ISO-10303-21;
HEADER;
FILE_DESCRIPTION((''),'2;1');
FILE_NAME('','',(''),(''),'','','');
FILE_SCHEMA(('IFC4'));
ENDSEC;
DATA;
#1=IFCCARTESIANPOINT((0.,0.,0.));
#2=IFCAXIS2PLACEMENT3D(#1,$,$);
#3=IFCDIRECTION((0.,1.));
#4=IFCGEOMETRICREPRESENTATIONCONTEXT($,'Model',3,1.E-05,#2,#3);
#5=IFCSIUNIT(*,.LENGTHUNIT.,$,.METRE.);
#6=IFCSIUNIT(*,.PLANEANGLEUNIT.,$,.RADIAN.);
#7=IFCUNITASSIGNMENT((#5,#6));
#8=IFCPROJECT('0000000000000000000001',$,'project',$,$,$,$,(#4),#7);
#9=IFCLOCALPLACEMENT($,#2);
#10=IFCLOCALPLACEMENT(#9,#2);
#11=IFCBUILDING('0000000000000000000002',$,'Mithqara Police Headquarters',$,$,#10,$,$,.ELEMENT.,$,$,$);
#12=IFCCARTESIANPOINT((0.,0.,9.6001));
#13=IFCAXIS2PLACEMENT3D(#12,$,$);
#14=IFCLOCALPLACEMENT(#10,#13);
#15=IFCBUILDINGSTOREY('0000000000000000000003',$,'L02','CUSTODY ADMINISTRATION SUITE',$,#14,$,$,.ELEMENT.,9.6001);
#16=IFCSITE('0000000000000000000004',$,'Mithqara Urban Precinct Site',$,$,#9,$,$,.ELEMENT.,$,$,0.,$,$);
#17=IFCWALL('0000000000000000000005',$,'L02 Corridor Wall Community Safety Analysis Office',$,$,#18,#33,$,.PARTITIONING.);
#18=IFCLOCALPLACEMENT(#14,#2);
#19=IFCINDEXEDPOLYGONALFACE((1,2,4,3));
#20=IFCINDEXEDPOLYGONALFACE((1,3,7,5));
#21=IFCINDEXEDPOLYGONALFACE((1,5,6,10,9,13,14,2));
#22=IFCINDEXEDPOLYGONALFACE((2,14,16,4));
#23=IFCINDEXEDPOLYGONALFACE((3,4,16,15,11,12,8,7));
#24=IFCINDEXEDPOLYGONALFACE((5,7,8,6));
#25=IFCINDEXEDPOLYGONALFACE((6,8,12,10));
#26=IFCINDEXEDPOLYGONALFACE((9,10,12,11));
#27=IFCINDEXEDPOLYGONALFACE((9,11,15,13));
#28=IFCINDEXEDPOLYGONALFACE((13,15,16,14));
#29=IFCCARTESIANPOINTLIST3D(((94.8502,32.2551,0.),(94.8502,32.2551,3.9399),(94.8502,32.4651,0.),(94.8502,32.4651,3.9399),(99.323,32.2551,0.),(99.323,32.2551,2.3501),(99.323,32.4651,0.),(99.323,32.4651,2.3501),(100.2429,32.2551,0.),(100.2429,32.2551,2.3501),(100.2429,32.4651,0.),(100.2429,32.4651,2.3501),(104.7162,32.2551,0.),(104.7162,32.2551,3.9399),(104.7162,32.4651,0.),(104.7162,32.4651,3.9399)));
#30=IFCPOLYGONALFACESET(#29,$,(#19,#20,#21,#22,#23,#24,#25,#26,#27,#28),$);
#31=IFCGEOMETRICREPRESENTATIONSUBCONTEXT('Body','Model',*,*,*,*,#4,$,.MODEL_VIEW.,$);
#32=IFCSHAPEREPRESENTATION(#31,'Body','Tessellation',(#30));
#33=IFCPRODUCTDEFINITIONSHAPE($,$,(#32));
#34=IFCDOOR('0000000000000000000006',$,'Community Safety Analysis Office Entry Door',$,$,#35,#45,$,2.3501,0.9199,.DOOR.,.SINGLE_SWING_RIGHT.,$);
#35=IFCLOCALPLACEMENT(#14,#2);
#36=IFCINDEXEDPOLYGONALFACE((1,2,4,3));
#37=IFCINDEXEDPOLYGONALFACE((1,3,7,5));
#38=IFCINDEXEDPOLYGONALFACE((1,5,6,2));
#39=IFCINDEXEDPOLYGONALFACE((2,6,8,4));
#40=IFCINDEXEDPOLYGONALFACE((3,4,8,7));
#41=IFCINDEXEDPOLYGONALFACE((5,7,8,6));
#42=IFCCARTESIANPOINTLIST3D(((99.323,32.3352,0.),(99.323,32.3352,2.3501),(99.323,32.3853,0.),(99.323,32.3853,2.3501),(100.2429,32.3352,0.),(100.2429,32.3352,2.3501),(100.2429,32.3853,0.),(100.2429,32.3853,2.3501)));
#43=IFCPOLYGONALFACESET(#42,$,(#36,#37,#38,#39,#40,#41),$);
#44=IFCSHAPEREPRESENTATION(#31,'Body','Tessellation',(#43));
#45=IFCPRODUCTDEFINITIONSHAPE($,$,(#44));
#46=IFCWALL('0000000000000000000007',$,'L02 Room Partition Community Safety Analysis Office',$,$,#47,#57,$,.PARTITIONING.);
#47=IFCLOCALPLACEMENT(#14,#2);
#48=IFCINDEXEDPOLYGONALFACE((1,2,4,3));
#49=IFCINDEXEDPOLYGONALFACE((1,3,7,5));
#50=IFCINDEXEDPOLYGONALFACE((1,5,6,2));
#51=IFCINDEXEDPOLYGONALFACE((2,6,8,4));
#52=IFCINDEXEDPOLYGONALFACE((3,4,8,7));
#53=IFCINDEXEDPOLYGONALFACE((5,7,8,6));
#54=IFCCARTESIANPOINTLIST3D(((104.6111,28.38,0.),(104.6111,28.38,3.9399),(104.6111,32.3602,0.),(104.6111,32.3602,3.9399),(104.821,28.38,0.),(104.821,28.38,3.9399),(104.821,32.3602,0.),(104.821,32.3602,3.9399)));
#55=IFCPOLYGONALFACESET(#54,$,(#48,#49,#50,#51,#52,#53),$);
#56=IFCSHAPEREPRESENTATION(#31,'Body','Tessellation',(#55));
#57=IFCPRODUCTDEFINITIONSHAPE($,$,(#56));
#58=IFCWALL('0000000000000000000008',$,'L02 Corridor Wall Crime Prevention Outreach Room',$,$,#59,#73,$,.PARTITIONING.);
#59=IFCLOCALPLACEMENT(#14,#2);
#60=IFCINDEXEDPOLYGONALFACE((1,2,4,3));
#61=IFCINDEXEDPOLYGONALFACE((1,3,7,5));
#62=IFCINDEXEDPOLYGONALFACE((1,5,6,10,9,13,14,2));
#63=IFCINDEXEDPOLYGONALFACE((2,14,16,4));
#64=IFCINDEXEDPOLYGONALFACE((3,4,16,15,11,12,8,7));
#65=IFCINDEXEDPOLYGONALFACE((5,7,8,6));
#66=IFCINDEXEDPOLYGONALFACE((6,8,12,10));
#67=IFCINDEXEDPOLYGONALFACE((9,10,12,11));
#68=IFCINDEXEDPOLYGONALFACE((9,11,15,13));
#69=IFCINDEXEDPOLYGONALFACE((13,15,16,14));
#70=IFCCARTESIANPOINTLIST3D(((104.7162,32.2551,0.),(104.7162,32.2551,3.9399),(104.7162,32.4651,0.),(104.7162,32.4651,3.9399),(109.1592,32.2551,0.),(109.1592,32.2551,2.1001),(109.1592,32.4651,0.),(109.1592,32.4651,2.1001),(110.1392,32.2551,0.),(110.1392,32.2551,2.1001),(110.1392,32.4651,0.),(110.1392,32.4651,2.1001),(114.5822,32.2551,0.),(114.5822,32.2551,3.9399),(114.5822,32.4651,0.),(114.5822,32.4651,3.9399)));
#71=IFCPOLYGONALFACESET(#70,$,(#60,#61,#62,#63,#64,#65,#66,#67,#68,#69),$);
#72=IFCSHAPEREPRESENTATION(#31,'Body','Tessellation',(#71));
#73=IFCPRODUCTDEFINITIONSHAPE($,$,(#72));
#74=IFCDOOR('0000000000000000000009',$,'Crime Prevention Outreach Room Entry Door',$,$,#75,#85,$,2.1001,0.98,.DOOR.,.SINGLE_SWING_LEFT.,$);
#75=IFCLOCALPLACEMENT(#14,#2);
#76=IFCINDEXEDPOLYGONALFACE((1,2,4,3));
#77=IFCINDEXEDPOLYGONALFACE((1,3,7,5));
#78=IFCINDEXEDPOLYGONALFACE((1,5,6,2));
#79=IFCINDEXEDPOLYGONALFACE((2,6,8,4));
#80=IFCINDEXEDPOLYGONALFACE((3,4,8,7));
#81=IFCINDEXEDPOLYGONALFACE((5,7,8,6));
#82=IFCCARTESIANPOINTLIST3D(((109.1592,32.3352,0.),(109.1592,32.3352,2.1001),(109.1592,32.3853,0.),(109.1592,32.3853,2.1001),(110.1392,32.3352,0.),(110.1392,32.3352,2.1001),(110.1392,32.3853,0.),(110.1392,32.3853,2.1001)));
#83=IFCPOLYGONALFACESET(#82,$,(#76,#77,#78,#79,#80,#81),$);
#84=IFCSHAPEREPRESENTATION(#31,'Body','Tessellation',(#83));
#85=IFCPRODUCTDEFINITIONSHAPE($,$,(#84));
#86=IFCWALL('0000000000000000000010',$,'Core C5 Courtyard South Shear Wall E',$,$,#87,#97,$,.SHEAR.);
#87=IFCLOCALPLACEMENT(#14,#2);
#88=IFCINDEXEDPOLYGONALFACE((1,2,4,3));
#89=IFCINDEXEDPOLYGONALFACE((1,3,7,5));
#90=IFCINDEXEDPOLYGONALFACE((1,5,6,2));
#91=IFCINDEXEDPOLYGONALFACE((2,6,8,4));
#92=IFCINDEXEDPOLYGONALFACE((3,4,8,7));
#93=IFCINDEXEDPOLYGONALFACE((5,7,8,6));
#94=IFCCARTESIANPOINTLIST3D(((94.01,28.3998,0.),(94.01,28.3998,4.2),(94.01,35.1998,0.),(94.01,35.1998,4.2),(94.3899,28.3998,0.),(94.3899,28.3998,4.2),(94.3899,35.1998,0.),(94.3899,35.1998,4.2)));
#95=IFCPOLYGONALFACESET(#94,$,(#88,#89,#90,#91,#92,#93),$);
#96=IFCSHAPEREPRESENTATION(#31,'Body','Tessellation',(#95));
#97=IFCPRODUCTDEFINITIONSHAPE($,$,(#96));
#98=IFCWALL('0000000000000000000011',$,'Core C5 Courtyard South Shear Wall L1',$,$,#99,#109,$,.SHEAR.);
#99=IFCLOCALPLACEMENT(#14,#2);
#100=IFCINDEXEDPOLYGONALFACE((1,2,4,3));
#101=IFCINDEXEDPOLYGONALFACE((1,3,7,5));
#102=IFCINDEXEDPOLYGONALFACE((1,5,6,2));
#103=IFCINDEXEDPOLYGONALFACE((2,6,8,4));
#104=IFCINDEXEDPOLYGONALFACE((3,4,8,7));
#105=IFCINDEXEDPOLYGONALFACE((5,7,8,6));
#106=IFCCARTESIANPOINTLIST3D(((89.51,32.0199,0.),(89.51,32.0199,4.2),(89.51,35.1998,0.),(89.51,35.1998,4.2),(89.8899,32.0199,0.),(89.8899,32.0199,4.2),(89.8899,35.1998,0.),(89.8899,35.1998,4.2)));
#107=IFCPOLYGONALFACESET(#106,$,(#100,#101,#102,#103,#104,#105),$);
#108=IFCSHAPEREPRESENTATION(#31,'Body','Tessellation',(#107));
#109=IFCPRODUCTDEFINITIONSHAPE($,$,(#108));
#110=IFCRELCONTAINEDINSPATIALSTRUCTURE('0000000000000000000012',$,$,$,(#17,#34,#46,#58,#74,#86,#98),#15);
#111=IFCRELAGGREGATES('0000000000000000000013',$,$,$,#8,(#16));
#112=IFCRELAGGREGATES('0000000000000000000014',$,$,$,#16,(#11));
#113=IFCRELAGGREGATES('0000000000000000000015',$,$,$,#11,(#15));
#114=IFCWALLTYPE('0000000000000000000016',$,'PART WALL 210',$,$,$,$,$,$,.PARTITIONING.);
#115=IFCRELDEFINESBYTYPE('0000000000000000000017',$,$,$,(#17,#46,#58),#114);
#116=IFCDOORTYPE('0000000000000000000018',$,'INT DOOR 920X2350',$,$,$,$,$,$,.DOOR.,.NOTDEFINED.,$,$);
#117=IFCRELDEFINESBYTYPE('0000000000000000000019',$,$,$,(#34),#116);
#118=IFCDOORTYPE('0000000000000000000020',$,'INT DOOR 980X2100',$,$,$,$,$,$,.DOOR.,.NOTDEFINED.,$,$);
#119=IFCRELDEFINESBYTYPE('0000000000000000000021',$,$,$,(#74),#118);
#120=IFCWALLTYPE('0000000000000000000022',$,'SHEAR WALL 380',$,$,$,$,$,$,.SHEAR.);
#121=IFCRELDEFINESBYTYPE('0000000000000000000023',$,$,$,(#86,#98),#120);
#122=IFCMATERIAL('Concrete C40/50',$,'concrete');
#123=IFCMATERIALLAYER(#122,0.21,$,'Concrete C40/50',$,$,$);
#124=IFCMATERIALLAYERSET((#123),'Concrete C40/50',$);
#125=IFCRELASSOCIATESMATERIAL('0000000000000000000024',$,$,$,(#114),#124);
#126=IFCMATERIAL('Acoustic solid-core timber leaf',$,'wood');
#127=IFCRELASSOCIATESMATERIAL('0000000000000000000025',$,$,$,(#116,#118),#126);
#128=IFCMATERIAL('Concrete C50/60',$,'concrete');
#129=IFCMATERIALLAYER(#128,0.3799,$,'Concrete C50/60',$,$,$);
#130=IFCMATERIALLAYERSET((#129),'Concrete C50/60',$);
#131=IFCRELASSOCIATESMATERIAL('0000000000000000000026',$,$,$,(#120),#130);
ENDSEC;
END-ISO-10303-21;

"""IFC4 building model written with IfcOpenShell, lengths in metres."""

from ifc_helpers import new_model, si_unit, direction, frame, frame_2d, origin, place, context, subcontext, project, spatial, rectangle, extrude, material, layer, layer_set, type_object, element, fill, save


model = new_model("IFC4")

# Units and contexts
model_context = context("Model", 3, precision=1e-05, world=origin(), true_north=direction((0.0, 1.0)))
body_context = subcontext(model_context, "Body", "Model", "MODEL_VIEW")
ifc_project = project(units=[si_unit("LENGTHUNIT", "METRE"), si_unit("PLANEANGLEUNIT", "RADIAN")], contexts=[model_context])

# Site, building, storey
site_placement = place(None, origin())
site = spatial("IfcSite", under=ifc_project, at=site_placement, Name="Mithqara Urban Precinct Site", CompositionType="ELEMENT", RefElevation=0.0)
building_placement = place(site_placement, origin())
building = spatial("IfcBuilding", under=site, at=building_placement, Name="Mithqara Police Headquarters", CompositionType="ELEMENT")
storey_placement = place(building_placement, frame((0.0, 0.0, 9.6001)))
storey = spatial("IfcBuildingStorey", under=building, at=storey_placement, Name="L02", Description="CUSTODY ADMINISTRATION SUITE", CompositionType="ELEMENT", Elevation=9.6001)

# Shared definitions
ifc_material_1 = material(Name="Concrete C50/60", Category="concrete")

# Shared definitions
ifc_material_2 = material(Name="Concrete C40/50", Category="concrete")

# Shared definitions
ifc_layer_1 = layer(ifc_material_2, 0.21, Name="Concrete C40/50")
ifc_layer_set_1 = layer_set([ifc_layer_1], Name="Concrete C40/50")
wall_type_1 = type_object("IfcWallType", Name="PART WALL 210", PredefinedType="PARTITIONING", material=ifc_layer_set_1)

# Wall, opening, door
wall_1_placement = place(storey_placement, frame((94.8501, 32.3601, 0.0), z_axis=(0.0, 0.0, 1.0), x_axis=(1.0, 0.0, 0.0)))
wall_1 = element("IfcWall", 1, at=wall_1_placement, inside=storey, type_object=wall_type_1, Name="L02 Corridor Wall Community Safety Analysis Office", PredefinedType="PARTITIONING", context=body_context, shape_type="SweptSolid", body=[
    extrude(rectangle(XDim=9.866, YDim=0.21, at=frame_2d((4.9331, 0.0))), origin(), (0.0, 0.0, 1.0), 3.9399),
])
opening_1_placement = place(wall_1_placement, frame((4.4729, 0.0, 0.0)))
opening_1 = element("IfcOpeningElement", 2, at=opening_1_placement, cuts=wall_1, PredefinedType="OPENING", context=body_context, shape_type="SweptSolid", body=[
    extrude(rectangle(XDim=0.9199, YDim=2.3501, at=frame_2d((0.46, 1.175))), frame((0.0, 0.115, 0.0), z_axis=(0.0, -1.0, 0.0), x_axis=(1.0, 0.0, 0.0)), (0.0, 0.0, 1.0), 0.23),
])
ifc_material_3 = material(Name="Acoustic solid-core timber leaf", Category="wood")
door_type_1 = type_object("IfcDoorType", Name="INT DOOR 920X2350", OperationType="NOTDEFINED", PredefinedType="DOOR", material=ifc_material_3)
door_1_placement = place(opening_1_placement, frame((0.9199, 0.0, 0.0), z_axis=(0.0, 0.0, 1.0), x_axis=(-1.0, 0.0, 0.0)))
door_1 = element("IfcDoor", 3, at=door_1_placement, inside=storey, type_object=door_type_1, Name="Community Safety Analysis Office Entry Door", OperationType="SINGLE_SWING_RIGHT", OverallHeight=2.3501, OverallWidth=0.9199, PredefinedType="DOOR", context=body_context, shape_type="SweptSolid", body=[
    extrude(rectangle(XDim=0.9199, YDim=2.3501, at=frame_2d((0.46, 1.175))), frame((0.0, 0.0249, 0.0), z_axis=(0.0, -1.0, 0.0), x_axis=(1.0, 0.0, 0.0)), (0.0, 0.0, 1.0), 0.05),
])
fill(opening_1, door_1)

# Wall
wall_2_placement = place(storey_placement, frame((104.7161, 28.3799, 0.0), z_axis=(0.0, 0.0, 1.0), x_axis=(0.0, 1.0, 0.0)))
element("IfcWall", 4, at=wall_2_placement, inside=storey, type_object=wall_type_1, Name="L02 Room Partition Community Safety Analysis Office", PredefinedType="PARTITIONING", context=body_context, shape_type="SweptSolid", body=[
    extrude(rectangle(XDim=3.9802, YDim=0.21, at=frame_2d((1.9902, 0.0))), origin(), (0.0, 0.0, 1.0), 3.9399),
])

# Wall, opening, door
wall_3_placement = place(storey_placement, frame((104.7161, 32.3601, 0.0), z_axis=(0.0, 0.0, 1.0), x_axis=(1.0, 0.0, 0.0)))
wall_3 = element("IfcWall", 5, at=wall_3_placement, inside=storey, type_object=wall_type_1, Name="L02 Corridor Wall Crime Prevention Outreach Room", PredefinedType="PARTITIONING", context=body_context, shape_type="SweptSolid", body=[
    extrude(rectangle(XDim=9.866, YDim=0.21, at=frame_2d((4.9331, 0.0))), origin(), (0.0, 0.0, 1.0), 3.9399),
])
opening_2_placement = place(wall_3_placement, frame((4.4431, 0.0, 0.0)))
opening_2 = element("IfcOpeningElement", 6, at=opening_2_placement, cuts=wall_3, PredefinedType="OPENING", context=body_context, shape_type="SweptSolid", body=[
    extrude(rectangle(XDim=0.98, YDim=2.1001, at=frame_2d((0.49, 1.05))), frame((0.0, 0.115, 0.0), z_axis=(0.0, -1.0, 0.0), x_axis=(1.0, 0.0, 0.0)), (0.0, 0.0, 1.0), 0.23),
])
door_type_2 = type_object("IfcDoorType", Name="INT DOOR 980X2100", OperationType="NOTDEFINED", PredefinedType="DOOR", material=ifc_material_3)
door_2_placement = place(opening_2_placement, frame((0.98, 0.0, 0.0), z_axis=(0.0, 0.0, 1.0), x_axis=(-1.0, 0.0, 0.0)))
door_2 = element("IfcDoor", 7, at=door_2_placement, inside=storey, type_object=door_type_2, Name="Crime Prevention Outreach Room Entry Door", OperationType="SINGLE_SWING_LEFT", OverallHeight=2.1001, OverallWidth=0.98, PredefinedType="DOOR", context=body_context, shape_type="SweptSolid", body=[
    extrude(rectangle(XDim=0.98, YDim=2.1001, at=frame_2d((0.49, 1.05))), frame((0.0, 0.0249, 0.0), z_axis=(0.0, -1.0, 0.0), x_axis=(1.0, 0.0, 0.0)), (0.0, 0.0, 1.0), 0.05),
])
fill(opening_2, door_2)

# Walls
ifc_layer_2 = layer(ifc_material_1, 0.3799, Name="Concrete C50/60")
ifc_layer_set_2 = layer_set([ifc_layer_2], Name="Concrete C50/60")
wall_type_2 = type_object("IfcWallType", Name="SHEAR WALL 380", PredefinedType="SHEAR", material=ifc_layer_set_2)
wall_4_placement = place(storey_placement, frame((94.2, 28.3999, 0.0), z_axis=(0.0, 0.0, 1.0), x_axis=(0.0, 1.0, 0.0)))
element("IfcWall", 8, at=wall_4_placement, inside=storey, type_object=wall_type_2, Name="Core C5 Courtyard South Shear Wall E", PredefinedType="SHEAR", context=body_context, shape_type="SweptSolid", body=[
    extrude(rectangle(XDim=6.8, YDim=0.3799, at=frame_2d((3.3999, 0.0))), origin(), (0.0, 0.0, 1.0), 4.2),
])
wall_5_placement = place(storey_placement, frame((89.7, 32.02, 0.0), z_axis=(0.0, 0.0, 1.0), x_axis=(0.0, 1.0, 0.0)))
element("IfcWall", 9, at=wall_5_placement, inside=storey, type_object=wall_type_2, Name="Core C5 Courtyard South Shear Wall L1", PredefinedType="SHEAR", context=body_context, shape_type="SweptSolid", body=[
    extrude(rectangle(XDim=3.1799, YDim=0.3799, at=frame_2d((1.5898, 0.0))), origin(), (0.0, 0.0, 1.0), 4.2),
])

save(model, "model.ifc")
